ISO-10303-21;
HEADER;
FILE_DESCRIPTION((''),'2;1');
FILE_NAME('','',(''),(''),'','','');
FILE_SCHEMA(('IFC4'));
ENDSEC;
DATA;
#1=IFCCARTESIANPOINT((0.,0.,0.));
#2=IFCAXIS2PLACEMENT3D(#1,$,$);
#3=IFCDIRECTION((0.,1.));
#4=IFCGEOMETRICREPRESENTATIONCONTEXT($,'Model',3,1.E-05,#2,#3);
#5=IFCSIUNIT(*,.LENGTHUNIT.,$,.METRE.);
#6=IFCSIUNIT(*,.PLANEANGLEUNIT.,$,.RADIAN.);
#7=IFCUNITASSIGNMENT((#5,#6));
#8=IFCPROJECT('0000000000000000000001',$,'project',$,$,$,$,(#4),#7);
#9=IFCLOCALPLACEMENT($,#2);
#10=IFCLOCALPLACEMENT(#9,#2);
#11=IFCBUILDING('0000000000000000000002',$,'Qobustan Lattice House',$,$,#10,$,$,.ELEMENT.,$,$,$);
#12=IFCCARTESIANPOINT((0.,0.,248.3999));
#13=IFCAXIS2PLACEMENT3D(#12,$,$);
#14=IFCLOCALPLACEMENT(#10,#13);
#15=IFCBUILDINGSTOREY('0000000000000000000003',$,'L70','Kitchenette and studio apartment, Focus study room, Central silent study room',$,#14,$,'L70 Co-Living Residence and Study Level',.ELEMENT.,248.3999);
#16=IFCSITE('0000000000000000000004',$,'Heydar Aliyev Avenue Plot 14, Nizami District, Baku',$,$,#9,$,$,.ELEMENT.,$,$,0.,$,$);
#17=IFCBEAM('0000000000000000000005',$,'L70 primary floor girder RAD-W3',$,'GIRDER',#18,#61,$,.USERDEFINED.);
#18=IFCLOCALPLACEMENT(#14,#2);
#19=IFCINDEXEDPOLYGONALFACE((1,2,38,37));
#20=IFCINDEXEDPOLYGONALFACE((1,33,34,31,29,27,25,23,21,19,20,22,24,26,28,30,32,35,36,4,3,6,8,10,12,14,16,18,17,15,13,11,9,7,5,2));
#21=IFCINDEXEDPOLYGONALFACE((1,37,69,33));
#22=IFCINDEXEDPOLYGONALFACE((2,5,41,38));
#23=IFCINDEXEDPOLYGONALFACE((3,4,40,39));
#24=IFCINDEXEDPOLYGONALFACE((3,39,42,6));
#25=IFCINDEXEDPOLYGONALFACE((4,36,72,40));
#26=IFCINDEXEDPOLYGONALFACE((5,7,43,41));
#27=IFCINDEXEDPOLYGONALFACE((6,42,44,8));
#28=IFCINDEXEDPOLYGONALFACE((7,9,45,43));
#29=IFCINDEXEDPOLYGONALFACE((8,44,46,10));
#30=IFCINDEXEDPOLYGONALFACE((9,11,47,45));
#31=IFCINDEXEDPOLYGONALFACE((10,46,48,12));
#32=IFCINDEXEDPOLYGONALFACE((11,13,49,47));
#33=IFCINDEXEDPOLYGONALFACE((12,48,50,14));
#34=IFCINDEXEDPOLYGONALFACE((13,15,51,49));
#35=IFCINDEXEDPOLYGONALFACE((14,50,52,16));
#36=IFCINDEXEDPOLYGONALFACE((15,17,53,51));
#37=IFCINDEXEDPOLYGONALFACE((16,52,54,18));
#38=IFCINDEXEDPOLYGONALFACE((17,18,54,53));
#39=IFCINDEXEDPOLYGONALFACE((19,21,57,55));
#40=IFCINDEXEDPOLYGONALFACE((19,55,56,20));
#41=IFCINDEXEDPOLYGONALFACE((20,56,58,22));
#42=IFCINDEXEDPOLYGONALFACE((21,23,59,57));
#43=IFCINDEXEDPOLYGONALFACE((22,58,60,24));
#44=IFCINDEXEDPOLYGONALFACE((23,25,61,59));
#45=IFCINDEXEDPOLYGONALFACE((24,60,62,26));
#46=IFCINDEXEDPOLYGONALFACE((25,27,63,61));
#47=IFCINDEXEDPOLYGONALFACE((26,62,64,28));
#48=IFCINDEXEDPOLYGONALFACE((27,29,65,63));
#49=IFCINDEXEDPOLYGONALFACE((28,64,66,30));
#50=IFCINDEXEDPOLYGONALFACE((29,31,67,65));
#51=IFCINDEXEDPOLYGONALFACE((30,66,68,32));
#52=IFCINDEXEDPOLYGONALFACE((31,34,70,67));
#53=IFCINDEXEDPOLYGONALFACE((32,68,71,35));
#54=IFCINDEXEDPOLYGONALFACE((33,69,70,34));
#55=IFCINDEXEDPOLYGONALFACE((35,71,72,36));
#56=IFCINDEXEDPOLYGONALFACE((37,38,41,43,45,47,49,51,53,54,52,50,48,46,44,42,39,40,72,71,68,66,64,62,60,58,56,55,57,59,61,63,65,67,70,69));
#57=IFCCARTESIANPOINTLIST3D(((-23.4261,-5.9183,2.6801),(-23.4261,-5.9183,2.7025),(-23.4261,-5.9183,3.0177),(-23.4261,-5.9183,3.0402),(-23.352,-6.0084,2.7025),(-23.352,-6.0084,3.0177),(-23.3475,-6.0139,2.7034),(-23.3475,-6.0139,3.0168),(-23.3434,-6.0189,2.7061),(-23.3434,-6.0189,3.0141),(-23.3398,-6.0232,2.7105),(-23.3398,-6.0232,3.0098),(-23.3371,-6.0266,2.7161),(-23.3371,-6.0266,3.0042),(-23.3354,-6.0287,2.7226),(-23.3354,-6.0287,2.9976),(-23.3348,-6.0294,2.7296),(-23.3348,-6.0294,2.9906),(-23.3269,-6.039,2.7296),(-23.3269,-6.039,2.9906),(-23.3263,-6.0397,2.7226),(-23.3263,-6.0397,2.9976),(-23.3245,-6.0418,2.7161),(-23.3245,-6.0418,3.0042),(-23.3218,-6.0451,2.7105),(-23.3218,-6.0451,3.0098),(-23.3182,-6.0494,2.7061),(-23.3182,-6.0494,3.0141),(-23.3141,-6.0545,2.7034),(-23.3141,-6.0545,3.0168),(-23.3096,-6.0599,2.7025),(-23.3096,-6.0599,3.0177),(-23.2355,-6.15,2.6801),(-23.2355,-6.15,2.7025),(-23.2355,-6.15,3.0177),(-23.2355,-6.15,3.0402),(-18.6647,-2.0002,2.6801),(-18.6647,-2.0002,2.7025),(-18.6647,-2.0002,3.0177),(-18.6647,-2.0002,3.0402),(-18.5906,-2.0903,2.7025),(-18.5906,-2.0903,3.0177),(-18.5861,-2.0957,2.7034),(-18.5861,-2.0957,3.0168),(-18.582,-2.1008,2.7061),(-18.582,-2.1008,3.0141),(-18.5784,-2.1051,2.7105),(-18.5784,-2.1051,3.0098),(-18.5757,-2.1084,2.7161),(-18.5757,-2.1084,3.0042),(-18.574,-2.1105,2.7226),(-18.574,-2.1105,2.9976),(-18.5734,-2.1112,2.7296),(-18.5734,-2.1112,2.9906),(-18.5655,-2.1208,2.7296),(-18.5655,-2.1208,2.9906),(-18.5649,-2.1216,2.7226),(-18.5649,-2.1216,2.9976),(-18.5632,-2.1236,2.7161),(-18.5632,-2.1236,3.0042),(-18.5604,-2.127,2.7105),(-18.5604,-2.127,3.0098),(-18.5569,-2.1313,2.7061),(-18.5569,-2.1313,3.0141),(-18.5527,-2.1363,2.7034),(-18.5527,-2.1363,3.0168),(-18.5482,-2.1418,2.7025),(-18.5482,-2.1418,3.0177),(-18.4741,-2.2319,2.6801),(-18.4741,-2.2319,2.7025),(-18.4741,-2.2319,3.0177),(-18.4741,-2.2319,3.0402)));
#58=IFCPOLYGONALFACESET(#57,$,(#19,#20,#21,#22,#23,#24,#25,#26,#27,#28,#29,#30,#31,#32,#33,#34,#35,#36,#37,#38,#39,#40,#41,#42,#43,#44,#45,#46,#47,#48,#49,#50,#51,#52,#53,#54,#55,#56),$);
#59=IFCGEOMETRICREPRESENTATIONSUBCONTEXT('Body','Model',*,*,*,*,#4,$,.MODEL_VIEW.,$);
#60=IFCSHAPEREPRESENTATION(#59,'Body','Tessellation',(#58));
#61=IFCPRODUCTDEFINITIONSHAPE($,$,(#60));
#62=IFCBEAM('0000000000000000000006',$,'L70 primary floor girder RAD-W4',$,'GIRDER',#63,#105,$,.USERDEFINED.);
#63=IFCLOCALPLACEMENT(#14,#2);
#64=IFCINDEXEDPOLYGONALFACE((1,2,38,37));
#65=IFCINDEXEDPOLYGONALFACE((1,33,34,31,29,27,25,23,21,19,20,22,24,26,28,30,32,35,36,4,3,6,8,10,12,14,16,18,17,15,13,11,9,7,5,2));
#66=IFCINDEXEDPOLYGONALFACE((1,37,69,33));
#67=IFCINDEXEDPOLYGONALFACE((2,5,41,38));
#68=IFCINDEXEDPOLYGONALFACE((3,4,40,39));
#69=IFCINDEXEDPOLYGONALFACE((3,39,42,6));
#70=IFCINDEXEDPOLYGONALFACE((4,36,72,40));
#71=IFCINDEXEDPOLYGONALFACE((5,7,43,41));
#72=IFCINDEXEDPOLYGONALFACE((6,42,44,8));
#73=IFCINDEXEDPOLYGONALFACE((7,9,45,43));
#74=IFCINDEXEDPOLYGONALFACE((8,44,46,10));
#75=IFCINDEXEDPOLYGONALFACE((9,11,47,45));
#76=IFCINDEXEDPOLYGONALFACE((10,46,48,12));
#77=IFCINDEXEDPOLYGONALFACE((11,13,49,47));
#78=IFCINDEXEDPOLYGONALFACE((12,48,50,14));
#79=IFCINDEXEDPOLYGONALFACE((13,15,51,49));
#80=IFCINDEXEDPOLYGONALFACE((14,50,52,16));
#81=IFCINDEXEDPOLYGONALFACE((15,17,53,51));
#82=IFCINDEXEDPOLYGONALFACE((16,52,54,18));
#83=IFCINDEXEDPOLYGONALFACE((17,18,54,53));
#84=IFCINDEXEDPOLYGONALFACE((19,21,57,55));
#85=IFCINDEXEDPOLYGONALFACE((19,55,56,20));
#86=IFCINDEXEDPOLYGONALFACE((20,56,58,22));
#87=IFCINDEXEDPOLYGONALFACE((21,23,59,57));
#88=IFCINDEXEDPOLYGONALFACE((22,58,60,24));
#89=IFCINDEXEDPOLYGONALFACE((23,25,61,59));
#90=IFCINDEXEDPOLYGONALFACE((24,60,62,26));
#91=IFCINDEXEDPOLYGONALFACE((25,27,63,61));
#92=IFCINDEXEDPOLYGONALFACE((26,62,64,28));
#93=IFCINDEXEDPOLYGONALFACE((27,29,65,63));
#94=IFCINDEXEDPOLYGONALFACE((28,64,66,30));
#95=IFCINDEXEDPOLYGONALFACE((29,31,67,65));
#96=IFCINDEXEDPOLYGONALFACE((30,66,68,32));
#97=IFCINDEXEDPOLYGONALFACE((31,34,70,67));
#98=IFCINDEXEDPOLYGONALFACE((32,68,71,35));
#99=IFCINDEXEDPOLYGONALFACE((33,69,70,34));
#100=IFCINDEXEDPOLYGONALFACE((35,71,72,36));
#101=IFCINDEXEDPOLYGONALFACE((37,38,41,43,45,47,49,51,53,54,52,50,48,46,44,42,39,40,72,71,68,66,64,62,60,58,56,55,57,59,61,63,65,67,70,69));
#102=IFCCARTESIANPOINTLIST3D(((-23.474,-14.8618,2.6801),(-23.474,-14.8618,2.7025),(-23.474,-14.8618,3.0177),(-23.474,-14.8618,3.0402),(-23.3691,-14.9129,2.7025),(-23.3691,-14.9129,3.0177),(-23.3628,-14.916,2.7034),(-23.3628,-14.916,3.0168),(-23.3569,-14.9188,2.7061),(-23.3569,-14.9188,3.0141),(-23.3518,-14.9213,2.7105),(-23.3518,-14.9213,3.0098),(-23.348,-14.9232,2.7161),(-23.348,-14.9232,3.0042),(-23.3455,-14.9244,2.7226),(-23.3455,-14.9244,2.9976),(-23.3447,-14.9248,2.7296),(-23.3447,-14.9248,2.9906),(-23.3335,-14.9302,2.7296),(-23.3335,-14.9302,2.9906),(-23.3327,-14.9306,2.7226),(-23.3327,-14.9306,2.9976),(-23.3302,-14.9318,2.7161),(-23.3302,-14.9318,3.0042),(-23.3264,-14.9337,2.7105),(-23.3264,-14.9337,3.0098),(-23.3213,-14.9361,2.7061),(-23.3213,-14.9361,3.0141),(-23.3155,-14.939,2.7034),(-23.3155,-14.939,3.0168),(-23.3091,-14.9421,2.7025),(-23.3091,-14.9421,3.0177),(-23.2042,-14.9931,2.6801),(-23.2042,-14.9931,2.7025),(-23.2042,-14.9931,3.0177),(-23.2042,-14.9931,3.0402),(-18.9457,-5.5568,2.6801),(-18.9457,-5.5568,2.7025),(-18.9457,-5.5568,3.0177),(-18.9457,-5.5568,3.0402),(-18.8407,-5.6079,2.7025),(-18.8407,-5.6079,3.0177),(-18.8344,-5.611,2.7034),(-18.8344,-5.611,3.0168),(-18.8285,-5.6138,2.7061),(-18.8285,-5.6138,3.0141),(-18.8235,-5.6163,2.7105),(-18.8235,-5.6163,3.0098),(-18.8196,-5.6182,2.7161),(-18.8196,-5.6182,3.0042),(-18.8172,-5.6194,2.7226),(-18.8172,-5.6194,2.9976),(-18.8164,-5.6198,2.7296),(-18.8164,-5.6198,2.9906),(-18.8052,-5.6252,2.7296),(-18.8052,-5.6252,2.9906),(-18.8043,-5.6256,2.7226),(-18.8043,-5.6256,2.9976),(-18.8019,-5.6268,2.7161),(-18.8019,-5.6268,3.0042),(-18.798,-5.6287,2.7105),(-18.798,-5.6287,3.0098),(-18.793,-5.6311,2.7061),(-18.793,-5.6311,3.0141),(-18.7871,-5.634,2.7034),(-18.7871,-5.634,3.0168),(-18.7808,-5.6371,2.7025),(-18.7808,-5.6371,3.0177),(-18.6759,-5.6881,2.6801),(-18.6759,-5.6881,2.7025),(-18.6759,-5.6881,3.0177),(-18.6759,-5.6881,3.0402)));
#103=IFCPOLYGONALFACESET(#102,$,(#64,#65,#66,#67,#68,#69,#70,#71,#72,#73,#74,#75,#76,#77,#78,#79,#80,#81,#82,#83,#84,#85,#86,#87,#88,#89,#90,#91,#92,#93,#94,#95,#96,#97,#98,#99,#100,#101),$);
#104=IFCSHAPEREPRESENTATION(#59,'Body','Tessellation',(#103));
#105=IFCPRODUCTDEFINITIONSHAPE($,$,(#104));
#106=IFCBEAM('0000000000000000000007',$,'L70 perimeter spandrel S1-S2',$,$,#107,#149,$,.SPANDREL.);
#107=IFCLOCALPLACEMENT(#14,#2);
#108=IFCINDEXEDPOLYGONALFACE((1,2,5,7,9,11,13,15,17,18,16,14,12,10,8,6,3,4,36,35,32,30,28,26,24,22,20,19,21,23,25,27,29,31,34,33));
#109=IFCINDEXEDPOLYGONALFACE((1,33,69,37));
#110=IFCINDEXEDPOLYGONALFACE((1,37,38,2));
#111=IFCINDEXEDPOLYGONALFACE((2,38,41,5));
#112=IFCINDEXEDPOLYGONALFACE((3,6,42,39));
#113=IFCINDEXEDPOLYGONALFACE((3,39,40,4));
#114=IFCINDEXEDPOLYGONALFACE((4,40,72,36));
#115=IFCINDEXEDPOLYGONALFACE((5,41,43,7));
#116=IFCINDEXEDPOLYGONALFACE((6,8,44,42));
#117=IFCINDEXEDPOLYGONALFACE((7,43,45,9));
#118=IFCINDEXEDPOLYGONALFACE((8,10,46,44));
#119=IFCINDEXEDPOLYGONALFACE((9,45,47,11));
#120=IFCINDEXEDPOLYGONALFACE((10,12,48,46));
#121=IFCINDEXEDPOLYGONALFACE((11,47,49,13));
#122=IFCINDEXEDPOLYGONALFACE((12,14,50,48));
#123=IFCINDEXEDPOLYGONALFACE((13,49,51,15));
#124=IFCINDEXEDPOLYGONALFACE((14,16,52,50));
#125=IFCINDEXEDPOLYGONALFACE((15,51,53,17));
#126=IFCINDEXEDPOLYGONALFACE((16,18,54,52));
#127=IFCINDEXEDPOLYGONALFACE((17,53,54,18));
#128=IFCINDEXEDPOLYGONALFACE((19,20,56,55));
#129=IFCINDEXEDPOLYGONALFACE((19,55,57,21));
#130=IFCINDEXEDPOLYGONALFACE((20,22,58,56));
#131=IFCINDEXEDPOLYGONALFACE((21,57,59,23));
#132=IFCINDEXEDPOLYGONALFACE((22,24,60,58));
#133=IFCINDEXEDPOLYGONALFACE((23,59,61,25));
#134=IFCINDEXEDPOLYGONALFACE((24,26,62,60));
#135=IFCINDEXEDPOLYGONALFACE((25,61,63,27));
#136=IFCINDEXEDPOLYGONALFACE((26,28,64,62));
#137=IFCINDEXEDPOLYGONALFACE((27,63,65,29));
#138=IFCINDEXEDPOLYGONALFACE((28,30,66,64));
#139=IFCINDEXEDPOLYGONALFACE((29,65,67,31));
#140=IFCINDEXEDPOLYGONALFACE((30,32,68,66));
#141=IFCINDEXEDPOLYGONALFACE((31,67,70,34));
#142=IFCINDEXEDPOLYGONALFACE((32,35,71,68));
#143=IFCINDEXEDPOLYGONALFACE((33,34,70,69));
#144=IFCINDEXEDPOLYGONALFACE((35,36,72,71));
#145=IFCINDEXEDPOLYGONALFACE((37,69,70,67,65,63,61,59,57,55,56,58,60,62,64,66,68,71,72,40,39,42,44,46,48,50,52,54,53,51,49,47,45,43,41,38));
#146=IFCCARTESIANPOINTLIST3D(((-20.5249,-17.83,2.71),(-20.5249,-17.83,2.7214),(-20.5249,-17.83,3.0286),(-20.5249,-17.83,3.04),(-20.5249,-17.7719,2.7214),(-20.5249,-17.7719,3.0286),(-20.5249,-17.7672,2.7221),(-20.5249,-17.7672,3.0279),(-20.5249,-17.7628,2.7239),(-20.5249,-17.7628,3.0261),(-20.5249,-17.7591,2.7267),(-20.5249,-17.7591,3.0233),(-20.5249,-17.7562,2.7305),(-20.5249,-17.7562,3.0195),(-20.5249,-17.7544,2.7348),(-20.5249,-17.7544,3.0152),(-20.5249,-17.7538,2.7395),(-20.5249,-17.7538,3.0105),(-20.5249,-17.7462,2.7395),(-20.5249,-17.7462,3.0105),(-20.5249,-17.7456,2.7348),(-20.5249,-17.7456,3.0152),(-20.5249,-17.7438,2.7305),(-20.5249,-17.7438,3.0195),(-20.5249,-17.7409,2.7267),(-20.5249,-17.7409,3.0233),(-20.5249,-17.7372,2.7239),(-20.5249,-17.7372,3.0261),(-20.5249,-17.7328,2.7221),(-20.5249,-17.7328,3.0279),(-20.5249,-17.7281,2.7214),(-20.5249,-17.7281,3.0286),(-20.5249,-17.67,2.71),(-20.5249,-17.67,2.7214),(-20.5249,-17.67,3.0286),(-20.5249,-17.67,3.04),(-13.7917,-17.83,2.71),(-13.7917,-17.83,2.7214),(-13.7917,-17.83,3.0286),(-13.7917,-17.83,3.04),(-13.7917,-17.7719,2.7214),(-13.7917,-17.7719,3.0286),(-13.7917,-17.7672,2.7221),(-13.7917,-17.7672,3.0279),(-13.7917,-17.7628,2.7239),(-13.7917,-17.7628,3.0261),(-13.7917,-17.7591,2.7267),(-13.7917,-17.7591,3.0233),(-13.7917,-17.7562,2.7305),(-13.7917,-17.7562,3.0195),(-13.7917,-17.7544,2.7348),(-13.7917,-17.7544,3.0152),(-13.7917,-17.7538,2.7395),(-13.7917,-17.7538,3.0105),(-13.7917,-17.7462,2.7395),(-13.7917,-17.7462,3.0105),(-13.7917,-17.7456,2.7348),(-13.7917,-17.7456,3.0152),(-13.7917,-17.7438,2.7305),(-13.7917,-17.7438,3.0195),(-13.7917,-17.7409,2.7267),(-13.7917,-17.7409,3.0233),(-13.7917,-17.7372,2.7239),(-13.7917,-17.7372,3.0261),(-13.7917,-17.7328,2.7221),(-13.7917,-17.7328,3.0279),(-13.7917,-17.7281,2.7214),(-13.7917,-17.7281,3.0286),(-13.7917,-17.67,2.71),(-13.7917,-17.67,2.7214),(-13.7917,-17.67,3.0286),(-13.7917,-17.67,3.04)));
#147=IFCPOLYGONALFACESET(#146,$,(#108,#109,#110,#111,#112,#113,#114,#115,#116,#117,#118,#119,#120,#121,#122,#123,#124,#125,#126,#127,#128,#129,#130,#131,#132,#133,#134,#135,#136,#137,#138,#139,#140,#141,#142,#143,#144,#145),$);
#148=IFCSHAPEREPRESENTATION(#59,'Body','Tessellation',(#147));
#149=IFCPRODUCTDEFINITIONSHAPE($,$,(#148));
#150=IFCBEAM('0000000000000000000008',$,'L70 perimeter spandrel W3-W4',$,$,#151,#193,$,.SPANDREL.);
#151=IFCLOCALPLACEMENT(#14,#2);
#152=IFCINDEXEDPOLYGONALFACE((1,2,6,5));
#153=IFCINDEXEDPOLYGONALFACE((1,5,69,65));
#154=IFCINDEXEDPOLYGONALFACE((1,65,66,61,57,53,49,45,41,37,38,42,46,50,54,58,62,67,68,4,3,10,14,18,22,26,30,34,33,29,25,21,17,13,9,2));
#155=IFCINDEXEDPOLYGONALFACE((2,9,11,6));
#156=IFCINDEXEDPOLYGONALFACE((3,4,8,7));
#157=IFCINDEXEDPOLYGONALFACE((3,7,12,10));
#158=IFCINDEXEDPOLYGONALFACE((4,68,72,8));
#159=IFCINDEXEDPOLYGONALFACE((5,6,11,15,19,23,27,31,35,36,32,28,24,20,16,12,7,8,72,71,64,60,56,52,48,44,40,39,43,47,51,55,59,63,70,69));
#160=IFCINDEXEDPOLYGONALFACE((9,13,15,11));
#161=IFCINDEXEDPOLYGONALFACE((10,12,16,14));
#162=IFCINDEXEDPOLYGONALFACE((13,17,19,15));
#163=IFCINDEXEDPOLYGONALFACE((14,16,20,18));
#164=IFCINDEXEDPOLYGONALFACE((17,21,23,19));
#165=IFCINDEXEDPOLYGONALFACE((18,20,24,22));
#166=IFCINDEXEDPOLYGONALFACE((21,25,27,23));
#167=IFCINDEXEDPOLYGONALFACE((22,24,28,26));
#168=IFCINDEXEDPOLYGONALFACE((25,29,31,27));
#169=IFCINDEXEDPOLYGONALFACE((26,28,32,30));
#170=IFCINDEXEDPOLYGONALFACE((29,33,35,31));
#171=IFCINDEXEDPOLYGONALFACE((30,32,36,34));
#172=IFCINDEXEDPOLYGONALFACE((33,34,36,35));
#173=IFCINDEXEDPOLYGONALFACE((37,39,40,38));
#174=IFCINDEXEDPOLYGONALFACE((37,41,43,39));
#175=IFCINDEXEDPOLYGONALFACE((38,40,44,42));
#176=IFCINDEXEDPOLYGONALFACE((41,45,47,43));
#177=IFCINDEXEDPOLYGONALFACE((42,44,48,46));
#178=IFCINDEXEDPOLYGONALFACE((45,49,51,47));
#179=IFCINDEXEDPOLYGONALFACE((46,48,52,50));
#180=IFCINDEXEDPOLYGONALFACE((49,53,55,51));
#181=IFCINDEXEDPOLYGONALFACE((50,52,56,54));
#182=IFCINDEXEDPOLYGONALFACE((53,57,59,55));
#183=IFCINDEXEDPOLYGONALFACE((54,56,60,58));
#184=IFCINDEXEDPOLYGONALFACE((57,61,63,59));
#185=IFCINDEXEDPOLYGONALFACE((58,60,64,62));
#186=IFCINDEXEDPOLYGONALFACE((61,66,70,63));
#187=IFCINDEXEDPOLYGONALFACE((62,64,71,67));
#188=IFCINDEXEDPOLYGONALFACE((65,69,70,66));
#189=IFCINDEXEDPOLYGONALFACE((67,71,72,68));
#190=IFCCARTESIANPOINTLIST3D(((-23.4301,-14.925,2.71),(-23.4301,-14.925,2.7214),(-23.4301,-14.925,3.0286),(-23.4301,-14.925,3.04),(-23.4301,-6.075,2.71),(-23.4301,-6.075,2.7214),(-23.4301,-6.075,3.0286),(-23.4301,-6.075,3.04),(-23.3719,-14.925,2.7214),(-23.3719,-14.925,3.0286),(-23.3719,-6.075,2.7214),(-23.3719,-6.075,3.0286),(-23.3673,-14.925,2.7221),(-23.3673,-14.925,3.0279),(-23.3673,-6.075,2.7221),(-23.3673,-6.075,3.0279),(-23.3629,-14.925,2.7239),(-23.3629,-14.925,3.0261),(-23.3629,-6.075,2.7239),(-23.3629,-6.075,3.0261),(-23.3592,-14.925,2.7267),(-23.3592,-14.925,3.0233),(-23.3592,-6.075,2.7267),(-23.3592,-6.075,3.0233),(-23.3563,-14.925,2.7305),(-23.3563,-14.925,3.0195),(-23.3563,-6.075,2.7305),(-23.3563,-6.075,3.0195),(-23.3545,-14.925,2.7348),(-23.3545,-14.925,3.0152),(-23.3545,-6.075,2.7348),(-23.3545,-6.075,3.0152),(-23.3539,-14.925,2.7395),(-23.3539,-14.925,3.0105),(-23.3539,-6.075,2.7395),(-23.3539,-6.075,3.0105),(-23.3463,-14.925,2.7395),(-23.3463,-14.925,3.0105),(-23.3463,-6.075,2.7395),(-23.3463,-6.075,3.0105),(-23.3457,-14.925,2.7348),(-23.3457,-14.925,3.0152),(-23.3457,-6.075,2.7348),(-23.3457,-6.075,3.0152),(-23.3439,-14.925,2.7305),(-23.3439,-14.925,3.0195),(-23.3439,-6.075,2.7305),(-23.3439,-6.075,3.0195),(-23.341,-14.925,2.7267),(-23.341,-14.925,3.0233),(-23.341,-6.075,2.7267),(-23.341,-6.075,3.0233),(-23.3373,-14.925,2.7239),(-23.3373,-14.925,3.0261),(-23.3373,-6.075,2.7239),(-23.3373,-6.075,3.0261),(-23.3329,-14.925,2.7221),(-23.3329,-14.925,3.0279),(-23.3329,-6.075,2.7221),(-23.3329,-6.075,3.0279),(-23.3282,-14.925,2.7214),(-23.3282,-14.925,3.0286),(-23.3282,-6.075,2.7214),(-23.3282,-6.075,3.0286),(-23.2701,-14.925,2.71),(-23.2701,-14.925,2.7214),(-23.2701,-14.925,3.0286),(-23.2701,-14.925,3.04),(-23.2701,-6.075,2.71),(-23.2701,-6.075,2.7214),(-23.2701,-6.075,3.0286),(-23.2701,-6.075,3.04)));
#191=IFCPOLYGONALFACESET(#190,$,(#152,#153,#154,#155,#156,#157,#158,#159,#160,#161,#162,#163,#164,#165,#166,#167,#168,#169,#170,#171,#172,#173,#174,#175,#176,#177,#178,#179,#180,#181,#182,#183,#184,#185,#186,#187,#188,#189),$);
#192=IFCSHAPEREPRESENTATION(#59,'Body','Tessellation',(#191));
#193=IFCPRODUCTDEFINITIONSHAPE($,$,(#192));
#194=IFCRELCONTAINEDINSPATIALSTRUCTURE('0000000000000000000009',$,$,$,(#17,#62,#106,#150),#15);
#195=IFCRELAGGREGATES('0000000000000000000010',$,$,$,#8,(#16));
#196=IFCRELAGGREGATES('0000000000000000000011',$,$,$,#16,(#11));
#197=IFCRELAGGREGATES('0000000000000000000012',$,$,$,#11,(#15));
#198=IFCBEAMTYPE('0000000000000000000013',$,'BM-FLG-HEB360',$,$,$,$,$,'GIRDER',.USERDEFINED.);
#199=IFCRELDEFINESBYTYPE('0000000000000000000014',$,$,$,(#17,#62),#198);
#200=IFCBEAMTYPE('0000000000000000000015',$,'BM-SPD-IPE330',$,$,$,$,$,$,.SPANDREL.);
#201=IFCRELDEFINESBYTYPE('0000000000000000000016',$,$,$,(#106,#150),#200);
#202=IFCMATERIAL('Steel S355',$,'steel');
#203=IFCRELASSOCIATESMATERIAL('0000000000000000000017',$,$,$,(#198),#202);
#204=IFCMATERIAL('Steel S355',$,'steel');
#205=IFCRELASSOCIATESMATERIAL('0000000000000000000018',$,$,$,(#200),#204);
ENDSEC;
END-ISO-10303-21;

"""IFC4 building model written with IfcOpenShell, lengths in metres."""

from ifc_helpers import new_model, si_unit, direction, frame, origin, origin_2d, place, context, subcontext, project, spatial, i_section, extrude, material, material_profile, profile_set, type_object, element, save


model = new_model("IFC4")

# Units and contexts
model_context = context("Model", 3, precision=1e-05, world=origin(), true_north=direction((0.0, 1.0)))
body_context = subcontext(model_context, "Body", "Model", "MODEL_VIEW")
ifc_project = project(units=[si_unit("LENGTHUNIT", "METRE"), si_unit("PLANEANGLEUNIT", "RADIAN")], contexts=[model_context])

# Site, building, storey
site_placement = place(None, origin())
site = spatial("IfcSite", under=ifc_project, at=site_placement, Name="Heydar Aliyev Avenue Plot 14, Nizami District, Baku", CompositionType="ELEMENT", RefElevation=0.0)
building_placement = place(site_placement, origin())
building = spatial("IfcBuilding", under=site, at=building_placement, Name="Qobustan Lattice House", CompositionType="ELEMENT")
storey_placement = place(building_placement, frame((0.0, 0.0, 248.3999)))
storey = spatial("IfcBuildingStorey", under=building, at=storey_placement, Name="L70", Description="Kitchenette and studio apartment, Focus study room, Central silent study room", LongName="L70 Co-Living Residence and Study Level", CompositionType="ELEMENT", Elevation=248.3999)

# Beams
ifc_material_1 = material(Name="Steel S355", Category="steel")
ifc_material_profile_1 = material_profile(ifc_material_1, i_section(OverallWidth=0.3, OverallDepth=0.3601, WebThickness=0.0125, FlangeThickness=0.0225, FilletRadius=0.0271, at=origin_2d()), Name="HEB360")
ifc_profile_set_1 = profile_set([ifc_material_profile_1], Name="Steel S355")
beam_type_1 = type_object("IfcBeamType", Name="BM-FLG-HEB360", ElementType="GIRDER", PredefinedType="USERDEFINED", material=ifc_profile_set_1)
beam_1_placement = place(storey_placement, frame((-23.3308, -6.0342, 2.8601), z_axis=(0.772169, 0.635417, 0.0), x_axis=(-0.635417, 0.772169, 0.0)))
element("IfcBeam", 1, at=beam_1_placement, inside=storey, type_object=beam_type_1, Name="L70 primary floor girder RAD-W3", ObjectType="GIRDER", PredefinedType="USERDEFINED", context=body_context, shape_type="SweptSolid", body=[
    extrude(i_section(OverallWidth=0.3, OverallDepth=0.3601, WebThickness=0.0125, FlangeThickness=0.0225, FilletRadius=0.0271, at=origin_2d()), origin(), (0.0, 0.0, 1.0), 6.1663),
])
beam_2_placement = place(storey_placement, frame((-23.3391, -14.9275, 2.8601), z_axis=(0.43759, 0.899174, 0.0), x_axis=(-0.899174, 0.43759, 0.0)))
element("IfcBeam", 2, at=beam_2_placement, inside=storey, type_object=beam_type_1, Name="L70 primary floor girder RAD-W4", ObjectType="GIRDER", PredefinedType="USERDEFINED", context=body_context, shape_type="SweptSolid", body=[
    extrude(i_section(OverallWidth=0.3, OverallDepth=0.3601, WebThickness=0.0125, FlangeThickness=0.0225, FilletRadius=0.0271, at=origin_2d()), origin(), (0.0, 0.0, 1.0), 10.3484),
])
ifc_material_2 = material(Name="Steel S355", Category="steel")
ifc_material_profile_2 = material_profile(ifc_material_2, i_section(OverallWidth=0.1599, OverallDepth=0.3301, WebThickness=0.0076, FlangeThickness=0.0115, FilletRadius=0.0181, at=origin_2d()), Name="IPE330")
ifc_profile_set_2 = profile_set([ifc_material_profile_2], Name="Steel S355")
beam_type_2 = type_object("IfcBeamType", Name="BM-SPD-IPE330", PredefinedType="SPANDREL", material=ifc_profile_set_2)
beam_3_placement = place(storey_placement, frame((-20.5249, -17.75, 2.875), z_axis=(1.0, 0.0, 0.0), x_axis=(0.0, 1.0, 0.0)))
element("IfcBeam", 3, at=beam_3_placement, inside=storey, type_object=beam_type_2, Name="L70 perimeter spandrel S1-S2", PredefinedType="SPANDREL", context=body_context, shape_type="SweptSolid", body=[
    extrude(i_section(OverallWidth=0.1599, OverallDepth=0.3301, WebThickness=0.0076, FlangeThickness=0.0115, FilletRadius=0.0181, at=origin_2d()), origin(), (0.0, 0.0, 1.0), 6.7332),
])
beam_4_placement = place(storey_placement, frame((-23.3501, -6.075, 2.875), z_axis=(0.0, -1.0, 0.0), x_axis=(1.0, 0.0, 0.0)))
element("IfcBeam", 4, at=beam_4_placement, inside=storey, type_object=beam_type_2, Name="L70 perimeter spandrel W3-W4", PredefinedType="SPANDREL", context=body_context, shape_type="SweptSolid", body=[
    extrude(i_section(OverallWidth=0.1599, OverallDepth=0.3301, WebThickness=0.0076, FlangeThickness=0.0115, FilletRadius=0.0181, at=origin_2d()), origin(), (0.0, 0.0, 1.0), 8.8501),
])

save(model, "model.ifc")
